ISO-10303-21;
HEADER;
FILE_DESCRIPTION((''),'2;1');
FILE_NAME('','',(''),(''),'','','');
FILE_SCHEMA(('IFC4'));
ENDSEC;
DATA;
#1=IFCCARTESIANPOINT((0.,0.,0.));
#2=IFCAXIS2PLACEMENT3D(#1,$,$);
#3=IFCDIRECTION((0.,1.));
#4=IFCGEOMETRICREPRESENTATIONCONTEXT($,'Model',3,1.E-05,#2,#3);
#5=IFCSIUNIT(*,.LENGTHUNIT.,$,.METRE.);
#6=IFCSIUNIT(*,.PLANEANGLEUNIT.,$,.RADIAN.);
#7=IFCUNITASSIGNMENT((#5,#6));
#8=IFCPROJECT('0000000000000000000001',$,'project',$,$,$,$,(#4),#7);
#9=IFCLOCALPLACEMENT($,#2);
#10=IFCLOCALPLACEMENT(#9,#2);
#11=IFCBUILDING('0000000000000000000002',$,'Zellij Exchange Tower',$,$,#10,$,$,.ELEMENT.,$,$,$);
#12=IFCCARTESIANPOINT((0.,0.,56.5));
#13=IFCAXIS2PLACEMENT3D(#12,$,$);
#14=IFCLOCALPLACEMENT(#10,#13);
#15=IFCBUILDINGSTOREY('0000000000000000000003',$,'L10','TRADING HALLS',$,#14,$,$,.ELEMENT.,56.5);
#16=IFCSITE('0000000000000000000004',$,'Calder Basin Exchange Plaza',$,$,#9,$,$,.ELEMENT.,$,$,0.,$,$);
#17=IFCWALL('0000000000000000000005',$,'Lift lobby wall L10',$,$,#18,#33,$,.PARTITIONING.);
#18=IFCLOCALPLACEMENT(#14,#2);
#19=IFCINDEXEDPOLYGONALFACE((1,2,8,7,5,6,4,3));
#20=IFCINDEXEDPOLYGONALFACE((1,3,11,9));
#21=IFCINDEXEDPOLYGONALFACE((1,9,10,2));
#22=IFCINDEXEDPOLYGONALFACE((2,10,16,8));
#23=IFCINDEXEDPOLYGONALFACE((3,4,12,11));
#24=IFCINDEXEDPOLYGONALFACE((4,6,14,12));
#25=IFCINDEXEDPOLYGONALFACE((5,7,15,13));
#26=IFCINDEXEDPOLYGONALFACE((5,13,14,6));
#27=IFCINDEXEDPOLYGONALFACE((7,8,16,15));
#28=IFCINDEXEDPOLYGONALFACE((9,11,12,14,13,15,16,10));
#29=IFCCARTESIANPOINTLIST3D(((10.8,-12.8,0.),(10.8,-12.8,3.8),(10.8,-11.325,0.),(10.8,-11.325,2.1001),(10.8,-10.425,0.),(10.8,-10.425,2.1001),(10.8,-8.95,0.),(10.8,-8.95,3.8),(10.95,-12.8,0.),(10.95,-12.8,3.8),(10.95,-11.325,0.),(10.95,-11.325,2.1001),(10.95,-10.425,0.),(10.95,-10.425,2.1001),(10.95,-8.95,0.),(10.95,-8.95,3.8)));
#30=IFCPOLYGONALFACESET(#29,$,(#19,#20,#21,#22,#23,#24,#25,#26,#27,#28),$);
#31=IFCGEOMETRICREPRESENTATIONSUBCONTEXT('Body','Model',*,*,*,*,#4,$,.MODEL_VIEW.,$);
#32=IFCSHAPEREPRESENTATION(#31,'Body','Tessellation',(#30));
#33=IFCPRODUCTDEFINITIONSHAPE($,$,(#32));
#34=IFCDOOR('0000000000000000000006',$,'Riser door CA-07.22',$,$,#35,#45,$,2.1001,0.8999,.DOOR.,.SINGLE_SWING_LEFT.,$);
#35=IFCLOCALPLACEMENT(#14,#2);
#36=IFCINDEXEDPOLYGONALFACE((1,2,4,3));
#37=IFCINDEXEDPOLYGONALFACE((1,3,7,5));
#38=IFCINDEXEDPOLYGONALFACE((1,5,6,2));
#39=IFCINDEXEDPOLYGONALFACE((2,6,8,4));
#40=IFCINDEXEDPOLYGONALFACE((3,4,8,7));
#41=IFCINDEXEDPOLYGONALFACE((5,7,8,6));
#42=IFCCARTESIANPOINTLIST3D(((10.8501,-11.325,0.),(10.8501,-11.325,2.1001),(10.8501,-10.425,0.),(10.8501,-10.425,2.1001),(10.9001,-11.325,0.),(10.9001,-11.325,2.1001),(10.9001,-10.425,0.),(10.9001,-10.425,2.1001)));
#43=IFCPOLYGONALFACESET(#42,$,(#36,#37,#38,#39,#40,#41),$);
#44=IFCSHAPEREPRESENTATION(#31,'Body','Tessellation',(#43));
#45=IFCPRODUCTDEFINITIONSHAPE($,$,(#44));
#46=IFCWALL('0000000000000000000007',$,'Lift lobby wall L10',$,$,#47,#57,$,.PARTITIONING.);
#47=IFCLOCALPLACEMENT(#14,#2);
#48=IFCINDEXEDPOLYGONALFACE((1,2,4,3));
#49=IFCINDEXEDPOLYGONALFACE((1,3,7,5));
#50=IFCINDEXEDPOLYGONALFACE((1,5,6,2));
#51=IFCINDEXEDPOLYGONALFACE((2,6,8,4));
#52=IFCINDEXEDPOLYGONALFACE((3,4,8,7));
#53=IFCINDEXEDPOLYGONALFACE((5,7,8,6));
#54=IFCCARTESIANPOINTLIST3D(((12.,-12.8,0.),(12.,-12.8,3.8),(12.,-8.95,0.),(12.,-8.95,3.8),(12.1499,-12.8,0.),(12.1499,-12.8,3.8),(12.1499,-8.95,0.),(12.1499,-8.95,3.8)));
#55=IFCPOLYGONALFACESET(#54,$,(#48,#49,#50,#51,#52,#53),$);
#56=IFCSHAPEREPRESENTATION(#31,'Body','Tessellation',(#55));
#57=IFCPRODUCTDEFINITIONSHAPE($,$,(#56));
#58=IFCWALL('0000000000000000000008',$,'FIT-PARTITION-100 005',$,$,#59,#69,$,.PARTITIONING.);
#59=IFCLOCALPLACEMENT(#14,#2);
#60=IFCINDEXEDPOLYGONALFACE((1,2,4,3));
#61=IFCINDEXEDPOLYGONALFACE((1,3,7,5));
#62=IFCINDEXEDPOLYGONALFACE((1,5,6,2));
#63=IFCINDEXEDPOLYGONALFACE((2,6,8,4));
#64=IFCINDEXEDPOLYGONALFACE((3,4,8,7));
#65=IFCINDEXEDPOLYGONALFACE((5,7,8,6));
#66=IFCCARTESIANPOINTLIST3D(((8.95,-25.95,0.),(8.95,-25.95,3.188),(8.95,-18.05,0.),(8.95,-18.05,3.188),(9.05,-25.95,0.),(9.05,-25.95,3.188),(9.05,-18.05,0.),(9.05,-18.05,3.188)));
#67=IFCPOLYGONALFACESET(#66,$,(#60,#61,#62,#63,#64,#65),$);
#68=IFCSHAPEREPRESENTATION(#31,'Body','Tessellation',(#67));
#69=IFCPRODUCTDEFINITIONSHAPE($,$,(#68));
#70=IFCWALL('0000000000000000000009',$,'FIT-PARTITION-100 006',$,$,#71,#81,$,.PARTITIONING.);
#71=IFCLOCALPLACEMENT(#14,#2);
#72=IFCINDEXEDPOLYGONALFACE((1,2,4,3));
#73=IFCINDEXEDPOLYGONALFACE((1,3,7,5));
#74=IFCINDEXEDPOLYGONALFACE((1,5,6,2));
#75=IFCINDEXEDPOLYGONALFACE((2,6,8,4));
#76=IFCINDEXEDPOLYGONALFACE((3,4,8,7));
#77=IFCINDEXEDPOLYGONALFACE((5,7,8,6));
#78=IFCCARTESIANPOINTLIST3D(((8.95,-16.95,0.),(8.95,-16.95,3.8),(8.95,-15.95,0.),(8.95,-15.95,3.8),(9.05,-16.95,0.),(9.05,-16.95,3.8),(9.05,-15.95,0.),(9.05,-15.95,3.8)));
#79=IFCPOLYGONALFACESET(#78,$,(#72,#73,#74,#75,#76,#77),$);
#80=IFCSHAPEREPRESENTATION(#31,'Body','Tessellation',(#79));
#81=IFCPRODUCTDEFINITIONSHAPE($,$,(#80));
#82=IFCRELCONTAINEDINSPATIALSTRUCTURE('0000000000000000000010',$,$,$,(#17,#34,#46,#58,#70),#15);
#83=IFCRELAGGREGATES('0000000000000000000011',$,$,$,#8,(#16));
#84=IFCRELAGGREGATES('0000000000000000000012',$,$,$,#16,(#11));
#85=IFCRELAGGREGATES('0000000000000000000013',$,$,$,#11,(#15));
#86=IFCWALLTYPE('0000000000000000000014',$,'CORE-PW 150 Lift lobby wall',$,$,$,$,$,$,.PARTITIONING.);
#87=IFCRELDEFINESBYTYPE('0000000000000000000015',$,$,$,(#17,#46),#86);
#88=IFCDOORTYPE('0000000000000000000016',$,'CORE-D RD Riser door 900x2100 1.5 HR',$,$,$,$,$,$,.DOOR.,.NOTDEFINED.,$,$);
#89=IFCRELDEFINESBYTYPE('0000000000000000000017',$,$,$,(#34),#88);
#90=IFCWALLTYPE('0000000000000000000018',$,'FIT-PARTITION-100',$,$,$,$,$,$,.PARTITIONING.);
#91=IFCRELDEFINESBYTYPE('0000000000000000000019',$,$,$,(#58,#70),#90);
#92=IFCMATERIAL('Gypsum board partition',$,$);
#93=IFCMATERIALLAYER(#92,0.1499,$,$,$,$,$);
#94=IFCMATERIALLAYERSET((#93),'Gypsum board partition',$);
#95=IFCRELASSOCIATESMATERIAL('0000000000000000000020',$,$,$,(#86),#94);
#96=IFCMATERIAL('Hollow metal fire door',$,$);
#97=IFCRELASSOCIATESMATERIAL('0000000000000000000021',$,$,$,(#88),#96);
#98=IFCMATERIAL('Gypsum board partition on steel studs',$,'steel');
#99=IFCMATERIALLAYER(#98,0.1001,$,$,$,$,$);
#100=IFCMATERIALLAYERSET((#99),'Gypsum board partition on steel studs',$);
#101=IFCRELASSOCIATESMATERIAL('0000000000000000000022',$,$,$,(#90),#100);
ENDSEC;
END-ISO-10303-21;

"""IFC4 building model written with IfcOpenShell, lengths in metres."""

from ifc_helpers import new_model, si_unit, direction, frame, frame_2d, origin, place, context, subcontext, project, spatial, rectangle, extrude, material, layer, layer_set, type_object, element, fill, save


model = new_model("IFC4")

# Units and contexts
model_context = context("Model", 3, precision=1e-05, world=origin(), true_north=direction((0.0, 1.0)))
body_context = subcontext(model_context, "Body", "Model", "MODEL_VIEW")
ifc_project = project(units=[si_unit("LENGTHUNIT", "METRE"), si_unit("PLANEANGLEUNIT", "RADIAN")], contexts=[model_context])

# Site, building, storey
site_placement = place(None, origin())
site = spatial("IfcSite", under=ifc_project, at=site_placement, Name="Calder Basin Exchange Plaza", CompositionType="ELEMENT", RefElevation=0.0)
building_placement = place(site_placement, origin())
building = spatial("IfcBuilding", under=site, at=building_placement, Name="Zellij Exchange Tower", CompositionType="ELEMENT")
storey_placement = place(building_placement, frame((0.0, 0.0, 56.5)))
storey = spatial("IfcBuildingStorey", under=building, at=storey_placement, Name="L10", Description="TRADING HALLS", CompositionType="ELEMENT", Elevation=56.5)

# Wall, opening, door
ifc_material_1 = material(Name="Gypsum board partition")
ifc_layer_1 = layer(ifc_material_1, 0.1499)
ifc_layer_set_1 = layer_set([ifc_layer_1], Name="Gypsum board partition")
wall_type_1 = type_object("IfcWallType", Name="CORE-PW 150 Lift lobby wall", PredefinedType="PARTITIONING", material=ifc_layer_set_1)
wall_1_placement = place(storey_placement, frame((10.875, -12.8, 0.0), z_axis=(0.0, 0.0, 1.0), x_axis=(0.0, 1.0, 0.0)))
wall_1 = element("IfcWall", 1, at=wall_1_placement, inside=storey, type_object=wall_type_1, Name="Lift lobby wall L10", PredefinedType="PARTITIONING", context=body_context, shape_type="SweptSolid", body=[
    extrude(rectangle(XDim=3.8501, YDim=0.1499, at=frame_2d((1.925, 0.0))), origin(), (0.0, 0.0, 1.0), 3.8),
])
opening_placement = place(wall_1_placement, frame((1.4751, 0.0, 0.0)))
opening = element("IfcOpeningElement", 2, at=opening_placement, cuts=wall_1, PredefinedType="OPENING", context=body_context, shape_type="SweptSolid", body=[
    extrude(rectangle(XDim=0.8999, YDim=2.1001, at=frame_2d((0.45, 1.05))), frame((0.0, 0.0869, 0.0), z_axis=(0.0, -1.0, 0.0), x_axis=(1.0, 0.0, 0.0)), (0.0, 0.0, 1.0), 0.1738),
])
ifc_material_2 = material(Name="Hollow metal fire door")
door_type = type_object("IfcDoorType", Name="CORE-D RD Riser door 900x2100 1.5 HR", OperationType="NOTDEFINED", PredefinedType="DOOR", material=ifc_material_2)
door_placement = place(opening_placement, origin())
door = element("IfcDoor", 3, at=door_placement, inside=storey, type_object=door_type, Name="Riser door CA-07.22", OperationType="SINGLE_SWING_LEFT", OverallHeight=2.1001, OverallWidth=0.8999, PredefinedType="DOOR", context=body_context, shape_type="SweptSolid", body=[
    extrude(rectangle(XDim=0.8999, YDim=2.1001, at=frame_2d((0.45, 1.05))), frame((0.0, 0.0249, 0.0), z_axis=(0.0, -1.0, 0.0), x_axis=(1.0, 0.0, 0.0)), (0.0, 0.0, 1.0), 0.05),
])
fill(opening, door)

# Walls
wall_2_placement = place(storey_placement, frame((12.075, -12.8, 0.0), z_axis=(0.0, 0.0, 1.0), x_axis=(0.0, 1.0, 0.0)))
element("IfcWall", 4, at=wall_2_placement, inside=storey, type_object=wall_type_1, Name="Lift lobby wall L10", PredefinedType="PARTITIONING", context=body_context, shape_type="SweptSolid", body=[
    extrude(rectangle(XDim=3.8501, YDim=0.1499, at=frame_2d((1.925, 0.0))), origin(), (0.0, 0.0, 1.0), 3.8),
])
ifc_material_3 = material(Name="Gypsum board partition on steel studs", Category="steel")
ifc_layer_2 = layer(ifc_material_3, 0.1001)
ifc_layer_set_2 = layer_set([ifc_layer_2], Name="Gypsum board partition on steel studs")
wall_type_2 = type_object("IfcWallType", Name="FIT-PARTITION-100", PredefinedType="PARTITIONING", material=ifc_layer_set_2)
wall_3_placement = place(storey_placement, frame((9.0, -25.95, 0.0), z_axis=(0.0, 0.0, 1.0), x_axis=(0.0, 1.0, 0.0)))
element("IfcWall", 5, at=wall_3_placement, inside=storey, type_object=wall_type_2, Name="FIT-PARTITION-100 005", PredefinedType="PARTITIONING", context=body_context, shape_type="SweptSolid", body=[
    extrude(rectangle(XDim=7.8999, YDim=0.1001, at=frame_2d((3.95, 0.0))), origin(), (0.0, 0.0, 1.0), 3.188),
])
wall_4_placement = place(storey_placement, frame((9.0, -16.95, 0.0), z_axis=(0.0, 0.0, 1.0), x_axis=(0.0, 1.0, 0.0)))
element("IfcWall", 6, at=wall_4_placement, inside=storey, type_object=wall_type_2, Name="FIT-PARTITION-100 006", PredefinedType="PARTITIONING", context=body_context, shape_type="SweptSolid", body=[
    extrude(rectangle(XDim=1.0, YDim=0.1001, at=frame_2d((0.5, 0.0))), origin(), (0.0, 0.0, 1.0), 3.8),
])

save(model, "model.ifc")
